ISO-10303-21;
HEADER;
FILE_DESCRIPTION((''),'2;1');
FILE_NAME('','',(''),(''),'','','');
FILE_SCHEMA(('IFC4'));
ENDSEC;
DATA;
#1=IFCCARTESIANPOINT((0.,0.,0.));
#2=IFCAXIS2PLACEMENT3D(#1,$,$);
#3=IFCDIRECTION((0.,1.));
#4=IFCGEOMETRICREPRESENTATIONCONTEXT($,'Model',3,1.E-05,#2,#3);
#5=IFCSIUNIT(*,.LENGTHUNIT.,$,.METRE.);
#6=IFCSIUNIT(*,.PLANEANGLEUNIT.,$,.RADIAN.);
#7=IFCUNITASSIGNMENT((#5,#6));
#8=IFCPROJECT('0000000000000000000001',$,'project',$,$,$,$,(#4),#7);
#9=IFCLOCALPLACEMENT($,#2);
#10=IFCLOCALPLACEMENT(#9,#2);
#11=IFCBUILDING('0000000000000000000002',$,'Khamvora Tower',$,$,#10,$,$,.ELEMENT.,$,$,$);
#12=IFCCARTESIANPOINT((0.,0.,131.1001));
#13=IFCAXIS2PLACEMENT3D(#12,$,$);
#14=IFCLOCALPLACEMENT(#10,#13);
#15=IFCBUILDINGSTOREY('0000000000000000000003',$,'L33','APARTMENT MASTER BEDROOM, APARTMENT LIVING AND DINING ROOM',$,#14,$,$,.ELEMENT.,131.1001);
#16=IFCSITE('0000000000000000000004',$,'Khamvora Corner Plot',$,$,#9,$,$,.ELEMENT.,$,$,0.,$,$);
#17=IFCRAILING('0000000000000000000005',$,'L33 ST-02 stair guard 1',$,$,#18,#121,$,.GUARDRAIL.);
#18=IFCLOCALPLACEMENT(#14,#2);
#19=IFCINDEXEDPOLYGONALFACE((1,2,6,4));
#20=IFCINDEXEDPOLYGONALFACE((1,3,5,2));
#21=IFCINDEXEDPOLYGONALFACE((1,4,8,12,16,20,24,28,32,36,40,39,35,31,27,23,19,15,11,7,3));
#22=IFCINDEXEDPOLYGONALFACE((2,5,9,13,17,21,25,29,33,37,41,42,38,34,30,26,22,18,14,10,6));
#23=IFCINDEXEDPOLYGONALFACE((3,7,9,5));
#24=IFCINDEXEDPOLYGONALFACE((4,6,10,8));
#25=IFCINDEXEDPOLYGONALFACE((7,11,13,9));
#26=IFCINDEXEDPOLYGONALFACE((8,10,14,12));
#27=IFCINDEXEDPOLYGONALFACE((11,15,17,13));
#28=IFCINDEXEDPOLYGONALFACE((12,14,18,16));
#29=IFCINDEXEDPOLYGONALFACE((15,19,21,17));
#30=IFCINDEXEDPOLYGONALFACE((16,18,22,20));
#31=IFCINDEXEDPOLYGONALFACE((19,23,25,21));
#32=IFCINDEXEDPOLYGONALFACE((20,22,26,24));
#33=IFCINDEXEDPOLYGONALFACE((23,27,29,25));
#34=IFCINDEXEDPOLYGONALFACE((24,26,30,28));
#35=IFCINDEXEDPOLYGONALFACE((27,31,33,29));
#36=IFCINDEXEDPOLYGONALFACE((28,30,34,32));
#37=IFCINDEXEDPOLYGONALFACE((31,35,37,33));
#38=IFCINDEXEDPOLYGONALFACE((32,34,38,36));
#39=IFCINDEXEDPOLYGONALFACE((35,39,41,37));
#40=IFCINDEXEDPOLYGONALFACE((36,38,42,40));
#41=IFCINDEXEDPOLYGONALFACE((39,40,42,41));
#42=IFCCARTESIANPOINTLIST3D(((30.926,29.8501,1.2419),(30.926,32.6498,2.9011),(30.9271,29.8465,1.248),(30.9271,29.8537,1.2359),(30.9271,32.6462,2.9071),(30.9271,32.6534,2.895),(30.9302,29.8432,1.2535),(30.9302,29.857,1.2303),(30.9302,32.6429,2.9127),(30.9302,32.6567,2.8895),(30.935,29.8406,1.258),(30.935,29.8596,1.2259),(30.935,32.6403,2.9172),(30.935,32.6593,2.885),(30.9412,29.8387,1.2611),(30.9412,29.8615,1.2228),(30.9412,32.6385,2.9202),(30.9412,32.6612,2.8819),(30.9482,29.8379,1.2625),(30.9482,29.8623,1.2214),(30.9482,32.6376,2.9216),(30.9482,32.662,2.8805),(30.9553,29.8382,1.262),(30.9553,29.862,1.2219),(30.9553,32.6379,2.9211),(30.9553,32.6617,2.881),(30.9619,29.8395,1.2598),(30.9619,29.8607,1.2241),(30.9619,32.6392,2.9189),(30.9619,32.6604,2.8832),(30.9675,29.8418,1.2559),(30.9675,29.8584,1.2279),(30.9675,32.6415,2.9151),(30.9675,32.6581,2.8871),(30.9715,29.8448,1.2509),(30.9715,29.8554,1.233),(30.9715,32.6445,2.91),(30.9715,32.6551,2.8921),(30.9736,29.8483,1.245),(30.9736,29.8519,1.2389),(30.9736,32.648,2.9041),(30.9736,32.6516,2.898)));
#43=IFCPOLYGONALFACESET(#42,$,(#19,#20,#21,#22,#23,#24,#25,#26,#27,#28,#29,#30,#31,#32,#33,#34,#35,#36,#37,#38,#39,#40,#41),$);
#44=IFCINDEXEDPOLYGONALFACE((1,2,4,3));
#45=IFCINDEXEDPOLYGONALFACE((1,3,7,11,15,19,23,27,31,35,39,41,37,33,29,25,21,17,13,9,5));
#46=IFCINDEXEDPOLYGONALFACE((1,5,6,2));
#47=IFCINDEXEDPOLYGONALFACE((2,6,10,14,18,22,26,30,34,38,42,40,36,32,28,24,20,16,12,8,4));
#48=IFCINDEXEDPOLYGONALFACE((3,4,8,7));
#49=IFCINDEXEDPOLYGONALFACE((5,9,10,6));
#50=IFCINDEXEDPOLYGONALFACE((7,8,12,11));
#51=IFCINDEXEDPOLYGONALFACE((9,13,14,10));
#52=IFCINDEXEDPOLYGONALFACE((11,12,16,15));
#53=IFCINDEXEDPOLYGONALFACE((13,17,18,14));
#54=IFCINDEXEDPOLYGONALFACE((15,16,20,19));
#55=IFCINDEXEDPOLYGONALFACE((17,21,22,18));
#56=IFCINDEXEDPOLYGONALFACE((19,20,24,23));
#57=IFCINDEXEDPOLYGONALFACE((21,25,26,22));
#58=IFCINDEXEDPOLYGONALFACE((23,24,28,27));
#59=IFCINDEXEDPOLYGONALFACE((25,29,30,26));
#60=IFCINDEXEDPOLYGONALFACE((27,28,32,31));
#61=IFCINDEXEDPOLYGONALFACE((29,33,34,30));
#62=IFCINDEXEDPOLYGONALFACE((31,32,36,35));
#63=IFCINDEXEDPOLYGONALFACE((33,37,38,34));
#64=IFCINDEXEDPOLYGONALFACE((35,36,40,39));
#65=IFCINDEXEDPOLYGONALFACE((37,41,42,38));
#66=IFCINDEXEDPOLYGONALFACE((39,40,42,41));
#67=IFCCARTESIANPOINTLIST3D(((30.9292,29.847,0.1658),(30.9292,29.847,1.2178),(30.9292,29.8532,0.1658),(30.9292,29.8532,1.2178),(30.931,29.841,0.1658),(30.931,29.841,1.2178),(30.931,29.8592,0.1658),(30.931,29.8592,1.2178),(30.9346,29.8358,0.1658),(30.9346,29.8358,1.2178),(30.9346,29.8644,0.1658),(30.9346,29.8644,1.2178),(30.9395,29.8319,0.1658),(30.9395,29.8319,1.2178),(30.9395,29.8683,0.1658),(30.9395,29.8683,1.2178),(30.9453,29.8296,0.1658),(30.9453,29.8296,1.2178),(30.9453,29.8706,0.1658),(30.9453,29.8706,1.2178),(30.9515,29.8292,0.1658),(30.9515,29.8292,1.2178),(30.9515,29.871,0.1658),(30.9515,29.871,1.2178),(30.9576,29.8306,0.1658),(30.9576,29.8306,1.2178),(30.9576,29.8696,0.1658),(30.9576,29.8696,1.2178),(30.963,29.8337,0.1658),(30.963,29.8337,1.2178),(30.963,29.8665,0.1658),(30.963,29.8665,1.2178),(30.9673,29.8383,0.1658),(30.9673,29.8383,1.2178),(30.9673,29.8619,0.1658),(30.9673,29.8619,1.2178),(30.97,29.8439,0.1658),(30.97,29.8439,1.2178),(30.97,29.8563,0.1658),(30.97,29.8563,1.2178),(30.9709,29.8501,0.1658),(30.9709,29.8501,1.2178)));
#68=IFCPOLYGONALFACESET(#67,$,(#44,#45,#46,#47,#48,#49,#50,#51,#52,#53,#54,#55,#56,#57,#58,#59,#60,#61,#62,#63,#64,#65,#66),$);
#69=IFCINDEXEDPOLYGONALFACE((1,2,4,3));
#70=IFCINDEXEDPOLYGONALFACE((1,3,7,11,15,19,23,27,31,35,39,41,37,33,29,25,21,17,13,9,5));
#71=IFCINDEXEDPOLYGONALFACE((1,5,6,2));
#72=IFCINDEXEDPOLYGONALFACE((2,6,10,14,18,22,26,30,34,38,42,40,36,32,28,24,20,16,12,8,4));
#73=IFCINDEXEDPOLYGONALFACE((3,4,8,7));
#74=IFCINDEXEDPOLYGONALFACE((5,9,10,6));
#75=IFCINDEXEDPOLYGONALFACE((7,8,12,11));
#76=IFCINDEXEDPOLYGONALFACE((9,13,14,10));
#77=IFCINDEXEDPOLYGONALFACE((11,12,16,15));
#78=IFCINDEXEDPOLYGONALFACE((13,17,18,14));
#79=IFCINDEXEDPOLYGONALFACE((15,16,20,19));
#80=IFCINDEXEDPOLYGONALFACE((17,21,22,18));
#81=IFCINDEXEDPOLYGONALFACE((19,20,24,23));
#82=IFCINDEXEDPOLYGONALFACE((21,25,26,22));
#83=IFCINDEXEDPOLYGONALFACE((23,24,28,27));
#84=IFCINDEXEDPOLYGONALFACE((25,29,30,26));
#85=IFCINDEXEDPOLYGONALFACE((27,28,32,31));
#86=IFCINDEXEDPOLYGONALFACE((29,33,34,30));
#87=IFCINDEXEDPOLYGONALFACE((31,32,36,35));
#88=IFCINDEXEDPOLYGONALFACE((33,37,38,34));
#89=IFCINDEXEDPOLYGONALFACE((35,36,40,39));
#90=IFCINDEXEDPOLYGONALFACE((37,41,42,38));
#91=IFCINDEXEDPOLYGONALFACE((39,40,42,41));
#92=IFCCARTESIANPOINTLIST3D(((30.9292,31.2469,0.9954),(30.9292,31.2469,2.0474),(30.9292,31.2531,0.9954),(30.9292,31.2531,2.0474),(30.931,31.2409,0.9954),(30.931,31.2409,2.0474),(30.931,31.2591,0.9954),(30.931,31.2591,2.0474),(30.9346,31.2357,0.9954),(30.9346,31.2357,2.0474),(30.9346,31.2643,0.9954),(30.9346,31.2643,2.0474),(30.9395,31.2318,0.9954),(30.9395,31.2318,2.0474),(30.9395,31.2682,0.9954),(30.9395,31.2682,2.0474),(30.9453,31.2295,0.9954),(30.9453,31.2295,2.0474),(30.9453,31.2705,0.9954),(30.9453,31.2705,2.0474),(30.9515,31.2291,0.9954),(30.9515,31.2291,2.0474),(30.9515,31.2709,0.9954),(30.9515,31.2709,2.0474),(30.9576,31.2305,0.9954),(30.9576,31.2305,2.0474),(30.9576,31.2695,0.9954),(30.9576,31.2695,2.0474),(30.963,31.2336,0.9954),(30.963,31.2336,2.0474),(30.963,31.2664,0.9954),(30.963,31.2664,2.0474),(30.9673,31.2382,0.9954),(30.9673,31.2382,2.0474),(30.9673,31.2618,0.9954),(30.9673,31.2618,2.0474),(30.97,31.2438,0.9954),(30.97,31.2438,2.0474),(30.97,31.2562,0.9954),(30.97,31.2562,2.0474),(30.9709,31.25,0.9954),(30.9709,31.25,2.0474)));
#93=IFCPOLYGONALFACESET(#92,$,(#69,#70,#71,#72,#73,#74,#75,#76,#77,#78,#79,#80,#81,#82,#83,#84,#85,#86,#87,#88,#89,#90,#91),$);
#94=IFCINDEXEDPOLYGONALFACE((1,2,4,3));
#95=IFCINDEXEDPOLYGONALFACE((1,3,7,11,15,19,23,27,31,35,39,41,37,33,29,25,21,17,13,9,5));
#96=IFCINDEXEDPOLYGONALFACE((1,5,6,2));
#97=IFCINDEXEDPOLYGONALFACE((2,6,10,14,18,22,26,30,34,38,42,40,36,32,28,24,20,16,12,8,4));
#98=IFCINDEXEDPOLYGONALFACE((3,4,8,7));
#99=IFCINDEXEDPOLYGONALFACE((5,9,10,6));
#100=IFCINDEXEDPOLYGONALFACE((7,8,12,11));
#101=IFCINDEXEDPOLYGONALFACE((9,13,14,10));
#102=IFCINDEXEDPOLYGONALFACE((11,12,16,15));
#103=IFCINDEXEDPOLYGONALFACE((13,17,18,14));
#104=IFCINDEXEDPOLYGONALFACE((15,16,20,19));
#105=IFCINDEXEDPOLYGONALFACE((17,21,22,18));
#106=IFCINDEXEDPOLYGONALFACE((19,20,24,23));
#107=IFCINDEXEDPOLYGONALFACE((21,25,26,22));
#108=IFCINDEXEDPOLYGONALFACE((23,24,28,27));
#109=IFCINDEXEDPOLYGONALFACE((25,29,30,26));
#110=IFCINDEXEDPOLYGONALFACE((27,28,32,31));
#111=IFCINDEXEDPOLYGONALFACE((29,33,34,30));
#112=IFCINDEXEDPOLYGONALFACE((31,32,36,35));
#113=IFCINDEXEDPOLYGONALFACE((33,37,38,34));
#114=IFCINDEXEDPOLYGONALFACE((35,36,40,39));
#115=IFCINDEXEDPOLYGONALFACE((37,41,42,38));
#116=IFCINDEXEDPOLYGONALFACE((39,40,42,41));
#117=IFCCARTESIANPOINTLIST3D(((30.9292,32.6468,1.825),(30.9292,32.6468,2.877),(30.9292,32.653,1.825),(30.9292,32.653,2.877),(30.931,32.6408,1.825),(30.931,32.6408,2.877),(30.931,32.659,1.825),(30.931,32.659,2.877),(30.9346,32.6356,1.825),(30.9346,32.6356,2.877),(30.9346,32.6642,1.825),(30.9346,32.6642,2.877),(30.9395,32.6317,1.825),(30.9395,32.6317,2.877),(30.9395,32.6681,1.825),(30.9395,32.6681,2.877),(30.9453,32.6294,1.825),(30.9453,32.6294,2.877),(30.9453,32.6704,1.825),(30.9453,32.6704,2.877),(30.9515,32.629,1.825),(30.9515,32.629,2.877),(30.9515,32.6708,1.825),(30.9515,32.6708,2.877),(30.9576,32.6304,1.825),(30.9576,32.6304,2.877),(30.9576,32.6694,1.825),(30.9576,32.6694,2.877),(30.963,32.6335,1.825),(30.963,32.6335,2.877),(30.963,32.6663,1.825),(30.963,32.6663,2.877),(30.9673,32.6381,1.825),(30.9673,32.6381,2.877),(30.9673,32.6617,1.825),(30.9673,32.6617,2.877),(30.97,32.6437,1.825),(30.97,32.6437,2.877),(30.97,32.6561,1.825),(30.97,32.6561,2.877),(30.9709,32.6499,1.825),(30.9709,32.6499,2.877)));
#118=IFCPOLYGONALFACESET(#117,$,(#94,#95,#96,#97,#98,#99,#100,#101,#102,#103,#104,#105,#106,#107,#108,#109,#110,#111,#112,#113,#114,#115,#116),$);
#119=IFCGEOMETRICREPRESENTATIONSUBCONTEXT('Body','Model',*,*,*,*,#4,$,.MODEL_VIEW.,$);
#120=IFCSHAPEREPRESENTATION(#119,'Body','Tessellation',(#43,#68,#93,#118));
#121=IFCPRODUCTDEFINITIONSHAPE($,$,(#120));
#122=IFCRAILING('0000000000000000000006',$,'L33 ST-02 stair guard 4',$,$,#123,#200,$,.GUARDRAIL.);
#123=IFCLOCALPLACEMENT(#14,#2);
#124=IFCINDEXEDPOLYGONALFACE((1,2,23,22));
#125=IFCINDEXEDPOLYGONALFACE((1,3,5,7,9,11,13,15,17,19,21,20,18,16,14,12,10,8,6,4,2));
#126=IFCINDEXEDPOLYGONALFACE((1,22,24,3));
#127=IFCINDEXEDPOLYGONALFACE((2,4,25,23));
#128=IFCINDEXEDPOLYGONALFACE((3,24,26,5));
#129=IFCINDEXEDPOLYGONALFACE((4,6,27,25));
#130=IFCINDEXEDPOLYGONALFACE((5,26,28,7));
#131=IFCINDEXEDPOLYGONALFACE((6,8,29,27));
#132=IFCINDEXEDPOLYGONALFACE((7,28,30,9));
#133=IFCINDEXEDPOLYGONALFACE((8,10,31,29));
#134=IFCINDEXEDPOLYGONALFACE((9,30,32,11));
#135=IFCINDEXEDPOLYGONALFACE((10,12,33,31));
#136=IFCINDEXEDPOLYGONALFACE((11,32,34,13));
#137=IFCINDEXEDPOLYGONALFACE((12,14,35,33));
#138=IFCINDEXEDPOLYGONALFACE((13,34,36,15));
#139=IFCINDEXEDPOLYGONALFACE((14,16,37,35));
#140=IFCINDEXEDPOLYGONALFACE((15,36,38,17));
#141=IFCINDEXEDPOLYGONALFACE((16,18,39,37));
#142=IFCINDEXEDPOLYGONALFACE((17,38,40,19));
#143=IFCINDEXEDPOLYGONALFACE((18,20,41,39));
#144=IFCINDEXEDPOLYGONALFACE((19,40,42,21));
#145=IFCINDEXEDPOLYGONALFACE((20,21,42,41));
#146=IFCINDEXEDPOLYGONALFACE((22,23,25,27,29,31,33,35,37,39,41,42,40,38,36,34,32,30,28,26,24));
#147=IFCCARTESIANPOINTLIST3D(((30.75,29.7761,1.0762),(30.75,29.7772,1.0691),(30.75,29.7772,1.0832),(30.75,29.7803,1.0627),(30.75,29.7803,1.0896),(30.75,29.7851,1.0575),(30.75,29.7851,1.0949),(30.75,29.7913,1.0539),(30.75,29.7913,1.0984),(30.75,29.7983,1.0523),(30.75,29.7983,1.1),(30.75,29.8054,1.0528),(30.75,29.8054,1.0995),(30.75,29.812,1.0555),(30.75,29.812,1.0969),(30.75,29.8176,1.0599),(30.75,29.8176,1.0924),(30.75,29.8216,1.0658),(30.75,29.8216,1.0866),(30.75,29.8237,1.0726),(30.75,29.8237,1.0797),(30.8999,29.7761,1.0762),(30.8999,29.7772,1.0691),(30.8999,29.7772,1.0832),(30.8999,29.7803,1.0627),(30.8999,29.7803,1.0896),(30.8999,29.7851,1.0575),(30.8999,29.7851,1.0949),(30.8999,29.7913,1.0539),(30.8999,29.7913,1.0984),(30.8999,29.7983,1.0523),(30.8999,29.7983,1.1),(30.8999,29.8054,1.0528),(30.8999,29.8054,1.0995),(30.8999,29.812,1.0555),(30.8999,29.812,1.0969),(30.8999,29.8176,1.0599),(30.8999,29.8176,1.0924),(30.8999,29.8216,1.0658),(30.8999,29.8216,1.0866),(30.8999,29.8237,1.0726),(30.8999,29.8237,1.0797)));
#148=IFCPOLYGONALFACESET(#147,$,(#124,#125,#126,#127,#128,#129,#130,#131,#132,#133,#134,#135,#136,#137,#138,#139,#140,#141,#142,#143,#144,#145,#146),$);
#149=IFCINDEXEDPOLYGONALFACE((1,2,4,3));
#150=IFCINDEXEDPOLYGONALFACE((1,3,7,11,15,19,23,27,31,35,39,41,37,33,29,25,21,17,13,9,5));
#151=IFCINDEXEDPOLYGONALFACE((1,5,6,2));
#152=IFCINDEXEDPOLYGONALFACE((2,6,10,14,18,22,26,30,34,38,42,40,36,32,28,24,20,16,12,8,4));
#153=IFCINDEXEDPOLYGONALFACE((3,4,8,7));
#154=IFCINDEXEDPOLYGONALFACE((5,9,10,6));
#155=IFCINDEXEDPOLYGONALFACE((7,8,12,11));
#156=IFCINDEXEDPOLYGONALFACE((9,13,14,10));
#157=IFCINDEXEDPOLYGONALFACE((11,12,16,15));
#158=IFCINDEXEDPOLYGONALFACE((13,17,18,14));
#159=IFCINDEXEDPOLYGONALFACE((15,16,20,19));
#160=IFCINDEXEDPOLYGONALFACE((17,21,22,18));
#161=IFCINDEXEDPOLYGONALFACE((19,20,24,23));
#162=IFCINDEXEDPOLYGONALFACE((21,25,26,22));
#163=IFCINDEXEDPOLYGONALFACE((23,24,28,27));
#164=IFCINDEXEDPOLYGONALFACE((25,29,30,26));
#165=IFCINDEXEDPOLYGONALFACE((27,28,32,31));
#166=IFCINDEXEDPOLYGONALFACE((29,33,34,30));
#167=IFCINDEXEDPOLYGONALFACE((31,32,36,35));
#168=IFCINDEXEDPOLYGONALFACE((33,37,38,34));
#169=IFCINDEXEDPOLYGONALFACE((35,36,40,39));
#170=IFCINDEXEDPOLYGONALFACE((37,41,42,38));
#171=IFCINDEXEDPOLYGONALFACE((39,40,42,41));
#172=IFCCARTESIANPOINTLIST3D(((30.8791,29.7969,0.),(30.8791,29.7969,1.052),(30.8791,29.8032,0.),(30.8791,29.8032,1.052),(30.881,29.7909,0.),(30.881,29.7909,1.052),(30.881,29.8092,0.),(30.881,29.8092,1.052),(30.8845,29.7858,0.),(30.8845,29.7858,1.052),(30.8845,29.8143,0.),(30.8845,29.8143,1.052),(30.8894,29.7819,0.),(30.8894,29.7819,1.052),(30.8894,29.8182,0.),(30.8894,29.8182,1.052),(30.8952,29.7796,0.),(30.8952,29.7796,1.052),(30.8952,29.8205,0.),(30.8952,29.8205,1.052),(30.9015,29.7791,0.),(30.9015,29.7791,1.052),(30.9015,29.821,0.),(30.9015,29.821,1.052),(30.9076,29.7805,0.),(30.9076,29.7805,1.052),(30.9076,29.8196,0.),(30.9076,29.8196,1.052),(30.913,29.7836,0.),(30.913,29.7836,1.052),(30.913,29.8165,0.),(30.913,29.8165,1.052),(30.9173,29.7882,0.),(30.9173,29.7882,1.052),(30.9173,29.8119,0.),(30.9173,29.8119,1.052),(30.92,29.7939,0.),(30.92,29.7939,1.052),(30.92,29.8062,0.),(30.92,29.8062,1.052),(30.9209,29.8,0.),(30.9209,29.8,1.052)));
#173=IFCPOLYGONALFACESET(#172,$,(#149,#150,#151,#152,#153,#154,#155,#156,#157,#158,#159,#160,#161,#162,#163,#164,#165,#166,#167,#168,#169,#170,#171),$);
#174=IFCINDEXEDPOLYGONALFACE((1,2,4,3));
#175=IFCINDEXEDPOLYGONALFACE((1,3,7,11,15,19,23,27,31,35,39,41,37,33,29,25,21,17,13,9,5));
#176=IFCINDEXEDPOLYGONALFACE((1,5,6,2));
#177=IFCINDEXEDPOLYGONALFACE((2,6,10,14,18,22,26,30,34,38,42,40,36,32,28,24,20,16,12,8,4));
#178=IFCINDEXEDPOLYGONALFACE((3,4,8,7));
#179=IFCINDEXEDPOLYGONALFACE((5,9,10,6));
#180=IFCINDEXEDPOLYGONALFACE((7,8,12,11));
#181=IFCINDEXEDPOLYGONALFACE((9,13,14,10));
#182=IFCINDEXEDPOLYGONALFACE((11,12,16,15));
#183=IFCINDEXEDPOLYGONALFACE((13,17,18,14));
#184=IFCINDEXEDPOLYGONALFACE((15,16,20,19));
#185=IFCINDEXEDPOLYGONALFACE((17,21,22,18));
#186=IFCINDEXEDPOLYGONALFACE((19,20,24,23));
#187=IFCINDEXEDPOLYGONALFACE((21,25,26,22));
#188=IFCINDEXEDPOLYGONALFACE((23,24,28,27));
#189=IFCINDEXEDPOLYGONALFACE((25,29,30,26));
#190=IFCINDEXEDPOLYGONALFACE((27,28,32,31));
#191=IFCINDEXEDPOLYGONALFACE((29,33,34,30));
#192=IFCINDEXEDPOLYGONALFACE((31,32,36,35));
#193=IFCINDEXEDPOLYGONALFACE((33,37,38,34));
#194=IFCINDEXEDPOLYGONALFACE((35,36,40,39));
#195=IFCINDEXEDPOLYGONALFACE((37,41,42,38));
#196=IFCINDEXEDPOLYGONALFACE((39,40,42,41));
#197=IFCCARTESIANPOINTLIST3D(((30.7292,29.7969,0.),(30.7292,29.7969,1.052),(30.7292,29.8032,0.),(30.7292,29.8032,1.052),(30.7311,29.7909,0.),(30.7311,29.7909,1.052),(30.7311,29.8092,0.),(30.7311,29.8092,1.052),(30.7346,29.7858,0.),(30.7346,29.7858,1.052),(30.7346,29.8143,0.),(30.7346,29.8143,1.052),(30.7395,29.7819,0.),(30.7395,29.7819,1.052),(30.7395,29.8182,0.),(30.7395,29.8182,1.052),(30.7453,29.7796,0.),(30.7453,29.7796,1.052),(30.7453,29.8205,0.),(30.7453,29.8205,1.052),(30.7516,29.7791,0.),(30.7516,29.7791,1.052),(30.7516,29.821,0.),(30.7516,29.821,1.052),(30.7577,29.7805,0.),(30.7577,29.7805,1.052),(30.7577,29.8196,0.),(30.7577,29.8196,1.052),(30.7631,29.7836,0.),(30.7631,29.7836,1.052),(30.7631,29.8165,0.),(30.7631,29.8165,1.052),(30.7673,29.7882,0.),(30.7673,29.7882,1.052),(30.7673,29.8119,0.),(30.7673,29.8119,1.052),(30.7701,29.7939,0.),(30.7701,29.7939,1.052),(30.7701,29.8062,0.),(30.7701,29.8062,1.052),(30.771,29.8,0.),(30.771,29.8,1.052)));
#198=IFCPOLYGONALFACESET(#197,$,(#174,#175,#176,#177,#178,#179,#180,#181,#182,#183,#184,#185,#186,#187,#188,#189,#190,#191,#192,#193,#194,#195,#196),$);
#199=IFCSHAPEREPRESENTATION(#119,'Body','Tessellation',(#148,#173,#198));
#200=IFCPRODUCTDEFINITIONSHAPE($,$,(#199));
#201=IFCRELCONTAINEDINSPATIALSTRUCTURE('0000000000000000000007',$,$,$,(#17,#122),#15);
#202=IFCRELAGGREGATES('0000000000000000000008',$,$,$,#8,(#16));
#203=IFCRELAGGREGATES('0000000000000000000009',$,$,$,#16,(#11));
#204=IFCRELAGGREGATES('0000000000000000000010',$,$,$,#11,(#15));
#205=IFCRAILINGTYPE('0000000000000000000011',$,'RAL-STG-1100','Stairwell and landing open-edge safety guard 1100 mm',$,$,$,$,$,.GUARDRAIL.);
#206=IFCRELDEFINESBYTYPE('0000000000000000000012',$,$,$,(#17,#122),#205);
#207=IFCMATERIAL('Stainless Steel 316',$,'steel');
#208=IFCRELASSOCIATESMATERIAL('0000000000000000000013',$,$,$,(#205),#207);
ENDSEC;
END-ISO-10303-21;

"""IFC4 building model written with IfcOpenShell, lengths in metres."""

from ifc_helpers import new_model, si_unit, direction, frame, origin, origin_2d, place, context, subcontext, project, spatial, circle, extrude, material, type_object, element, save


model = new_model("IFC4")

# Units and contexts
model_context = context("Model", 3, precision=1e-05, world=origin(), true_north=direction((0.0, 1.0)))
body_context = subcontext(model_context, "Body", "Model", "MODEL_VIEW")
ifc_project = project(units=[si_unit("LENGTHUNIT", "METRE"), si_unit("PLANEANGLEUNIT", "RADIAN")], contexts=[model_context])

# Site, building, storey
site_placement = place(None, origin())
site = spatial("IfcSite", under=ifc_project, at=site_placement, Name="Khamvora Corner Plot", CompositionType="ELEMENT", RefElevation=0.0)
building_placement = place(site_placement, origin())
building = spatial("IfcBuilding", under=site, at=building_placement, Name="Khamvora Tower", CompositionType="ELEMENT")
storey_placement = place(building_placement, frame((0.0, 0.0, 131.1001)))
storey = spatial("IfcBuildingStorey", under=building, at=storey_placement, Name="L33", Description="APARTMENT MASTER BEDROOM, APARTMENT LIVING AND DINING ROOM", CompositionType="ELEMENT", Elevation=131.1001)

# Railings
ifc_material_1 = material(Name="Stainless Steel 316", Category="steel")
railing_type_1 = type_object("IfcRailingType", Name="RAL-STG-1100", Description="Stairwell and landing open-edge safety guard 1100 mm", PredefinedType="GUARDRAIL", material=ifc_material_1)
railing_1_placement = place(storey_placement, frame((30.95, 29.8501, 0.1658)))
element("IfcRailing", 1, at=railing_1_placement, inside=storey, type_object=railing_type_1, Name="L33 ST-02 stair guard 1", PredefinedType="GUARDRAIL", context=body_context, shape_type="SweptSolid", body=[
    extrude(circle(Radius=0.0239, at=origin_2d()), frame((0.0, 0.0, 1.0762), z_axis=(0.0, 0.860287, 0.509811), x_axis=(-1.0, 0.0, 0.0)), (0.0, 0.0, 1.0), 3.2544),
    extrude(circle(Radius=0.021, at=origin_2d()), origin(), (0.0, 0.0, 1.0), 1.052),
    extrude(circle(Radius=0.021, at=origin_2d()), frame((0.0, 1.3999, 0.8296)), (0.0, 0.0, 1.0), 1.052),
    extrude(circle(Radius=0.021, at=origin_2d()), frame((0.0, 2.7998, 1.6592)), (0.0, 0.0, 1.0), 1.052),
])
railing_2_placement = place(storey_placement, frame((30.8999, 29.8, 0.0)))
element("IfcRailing", 2, at=railing_2_placement, inside=storey, type_object=railing_type_1, Name="L33 ST-02 stair guard 4", PredefinedType="GUARDRAIL", context=body_context, shape_type="SweptSolid", body=[
    extrude(circle(Radius=0.0239, at=origin_2d()), frame((0.0, 0.0, 1.0762), z_axis=(-1.0, 0.0, 0.0), x_axis=(0.0, -1.0, 0.0)), (0.0, 0.0, 1.0), 0.1499),
    extrude(circle(Radius=0.021, at=origin_2d()), origin(), (0.0, 0.0, 1.0), 1.052),
    extrude(circle(Radius=0.021, at=origin_2d()), frame((-0.1499, 0.0, 0.0)), (0.0, 0.0, 1.0), 1.052),
])

save(model, "model.ifc")
